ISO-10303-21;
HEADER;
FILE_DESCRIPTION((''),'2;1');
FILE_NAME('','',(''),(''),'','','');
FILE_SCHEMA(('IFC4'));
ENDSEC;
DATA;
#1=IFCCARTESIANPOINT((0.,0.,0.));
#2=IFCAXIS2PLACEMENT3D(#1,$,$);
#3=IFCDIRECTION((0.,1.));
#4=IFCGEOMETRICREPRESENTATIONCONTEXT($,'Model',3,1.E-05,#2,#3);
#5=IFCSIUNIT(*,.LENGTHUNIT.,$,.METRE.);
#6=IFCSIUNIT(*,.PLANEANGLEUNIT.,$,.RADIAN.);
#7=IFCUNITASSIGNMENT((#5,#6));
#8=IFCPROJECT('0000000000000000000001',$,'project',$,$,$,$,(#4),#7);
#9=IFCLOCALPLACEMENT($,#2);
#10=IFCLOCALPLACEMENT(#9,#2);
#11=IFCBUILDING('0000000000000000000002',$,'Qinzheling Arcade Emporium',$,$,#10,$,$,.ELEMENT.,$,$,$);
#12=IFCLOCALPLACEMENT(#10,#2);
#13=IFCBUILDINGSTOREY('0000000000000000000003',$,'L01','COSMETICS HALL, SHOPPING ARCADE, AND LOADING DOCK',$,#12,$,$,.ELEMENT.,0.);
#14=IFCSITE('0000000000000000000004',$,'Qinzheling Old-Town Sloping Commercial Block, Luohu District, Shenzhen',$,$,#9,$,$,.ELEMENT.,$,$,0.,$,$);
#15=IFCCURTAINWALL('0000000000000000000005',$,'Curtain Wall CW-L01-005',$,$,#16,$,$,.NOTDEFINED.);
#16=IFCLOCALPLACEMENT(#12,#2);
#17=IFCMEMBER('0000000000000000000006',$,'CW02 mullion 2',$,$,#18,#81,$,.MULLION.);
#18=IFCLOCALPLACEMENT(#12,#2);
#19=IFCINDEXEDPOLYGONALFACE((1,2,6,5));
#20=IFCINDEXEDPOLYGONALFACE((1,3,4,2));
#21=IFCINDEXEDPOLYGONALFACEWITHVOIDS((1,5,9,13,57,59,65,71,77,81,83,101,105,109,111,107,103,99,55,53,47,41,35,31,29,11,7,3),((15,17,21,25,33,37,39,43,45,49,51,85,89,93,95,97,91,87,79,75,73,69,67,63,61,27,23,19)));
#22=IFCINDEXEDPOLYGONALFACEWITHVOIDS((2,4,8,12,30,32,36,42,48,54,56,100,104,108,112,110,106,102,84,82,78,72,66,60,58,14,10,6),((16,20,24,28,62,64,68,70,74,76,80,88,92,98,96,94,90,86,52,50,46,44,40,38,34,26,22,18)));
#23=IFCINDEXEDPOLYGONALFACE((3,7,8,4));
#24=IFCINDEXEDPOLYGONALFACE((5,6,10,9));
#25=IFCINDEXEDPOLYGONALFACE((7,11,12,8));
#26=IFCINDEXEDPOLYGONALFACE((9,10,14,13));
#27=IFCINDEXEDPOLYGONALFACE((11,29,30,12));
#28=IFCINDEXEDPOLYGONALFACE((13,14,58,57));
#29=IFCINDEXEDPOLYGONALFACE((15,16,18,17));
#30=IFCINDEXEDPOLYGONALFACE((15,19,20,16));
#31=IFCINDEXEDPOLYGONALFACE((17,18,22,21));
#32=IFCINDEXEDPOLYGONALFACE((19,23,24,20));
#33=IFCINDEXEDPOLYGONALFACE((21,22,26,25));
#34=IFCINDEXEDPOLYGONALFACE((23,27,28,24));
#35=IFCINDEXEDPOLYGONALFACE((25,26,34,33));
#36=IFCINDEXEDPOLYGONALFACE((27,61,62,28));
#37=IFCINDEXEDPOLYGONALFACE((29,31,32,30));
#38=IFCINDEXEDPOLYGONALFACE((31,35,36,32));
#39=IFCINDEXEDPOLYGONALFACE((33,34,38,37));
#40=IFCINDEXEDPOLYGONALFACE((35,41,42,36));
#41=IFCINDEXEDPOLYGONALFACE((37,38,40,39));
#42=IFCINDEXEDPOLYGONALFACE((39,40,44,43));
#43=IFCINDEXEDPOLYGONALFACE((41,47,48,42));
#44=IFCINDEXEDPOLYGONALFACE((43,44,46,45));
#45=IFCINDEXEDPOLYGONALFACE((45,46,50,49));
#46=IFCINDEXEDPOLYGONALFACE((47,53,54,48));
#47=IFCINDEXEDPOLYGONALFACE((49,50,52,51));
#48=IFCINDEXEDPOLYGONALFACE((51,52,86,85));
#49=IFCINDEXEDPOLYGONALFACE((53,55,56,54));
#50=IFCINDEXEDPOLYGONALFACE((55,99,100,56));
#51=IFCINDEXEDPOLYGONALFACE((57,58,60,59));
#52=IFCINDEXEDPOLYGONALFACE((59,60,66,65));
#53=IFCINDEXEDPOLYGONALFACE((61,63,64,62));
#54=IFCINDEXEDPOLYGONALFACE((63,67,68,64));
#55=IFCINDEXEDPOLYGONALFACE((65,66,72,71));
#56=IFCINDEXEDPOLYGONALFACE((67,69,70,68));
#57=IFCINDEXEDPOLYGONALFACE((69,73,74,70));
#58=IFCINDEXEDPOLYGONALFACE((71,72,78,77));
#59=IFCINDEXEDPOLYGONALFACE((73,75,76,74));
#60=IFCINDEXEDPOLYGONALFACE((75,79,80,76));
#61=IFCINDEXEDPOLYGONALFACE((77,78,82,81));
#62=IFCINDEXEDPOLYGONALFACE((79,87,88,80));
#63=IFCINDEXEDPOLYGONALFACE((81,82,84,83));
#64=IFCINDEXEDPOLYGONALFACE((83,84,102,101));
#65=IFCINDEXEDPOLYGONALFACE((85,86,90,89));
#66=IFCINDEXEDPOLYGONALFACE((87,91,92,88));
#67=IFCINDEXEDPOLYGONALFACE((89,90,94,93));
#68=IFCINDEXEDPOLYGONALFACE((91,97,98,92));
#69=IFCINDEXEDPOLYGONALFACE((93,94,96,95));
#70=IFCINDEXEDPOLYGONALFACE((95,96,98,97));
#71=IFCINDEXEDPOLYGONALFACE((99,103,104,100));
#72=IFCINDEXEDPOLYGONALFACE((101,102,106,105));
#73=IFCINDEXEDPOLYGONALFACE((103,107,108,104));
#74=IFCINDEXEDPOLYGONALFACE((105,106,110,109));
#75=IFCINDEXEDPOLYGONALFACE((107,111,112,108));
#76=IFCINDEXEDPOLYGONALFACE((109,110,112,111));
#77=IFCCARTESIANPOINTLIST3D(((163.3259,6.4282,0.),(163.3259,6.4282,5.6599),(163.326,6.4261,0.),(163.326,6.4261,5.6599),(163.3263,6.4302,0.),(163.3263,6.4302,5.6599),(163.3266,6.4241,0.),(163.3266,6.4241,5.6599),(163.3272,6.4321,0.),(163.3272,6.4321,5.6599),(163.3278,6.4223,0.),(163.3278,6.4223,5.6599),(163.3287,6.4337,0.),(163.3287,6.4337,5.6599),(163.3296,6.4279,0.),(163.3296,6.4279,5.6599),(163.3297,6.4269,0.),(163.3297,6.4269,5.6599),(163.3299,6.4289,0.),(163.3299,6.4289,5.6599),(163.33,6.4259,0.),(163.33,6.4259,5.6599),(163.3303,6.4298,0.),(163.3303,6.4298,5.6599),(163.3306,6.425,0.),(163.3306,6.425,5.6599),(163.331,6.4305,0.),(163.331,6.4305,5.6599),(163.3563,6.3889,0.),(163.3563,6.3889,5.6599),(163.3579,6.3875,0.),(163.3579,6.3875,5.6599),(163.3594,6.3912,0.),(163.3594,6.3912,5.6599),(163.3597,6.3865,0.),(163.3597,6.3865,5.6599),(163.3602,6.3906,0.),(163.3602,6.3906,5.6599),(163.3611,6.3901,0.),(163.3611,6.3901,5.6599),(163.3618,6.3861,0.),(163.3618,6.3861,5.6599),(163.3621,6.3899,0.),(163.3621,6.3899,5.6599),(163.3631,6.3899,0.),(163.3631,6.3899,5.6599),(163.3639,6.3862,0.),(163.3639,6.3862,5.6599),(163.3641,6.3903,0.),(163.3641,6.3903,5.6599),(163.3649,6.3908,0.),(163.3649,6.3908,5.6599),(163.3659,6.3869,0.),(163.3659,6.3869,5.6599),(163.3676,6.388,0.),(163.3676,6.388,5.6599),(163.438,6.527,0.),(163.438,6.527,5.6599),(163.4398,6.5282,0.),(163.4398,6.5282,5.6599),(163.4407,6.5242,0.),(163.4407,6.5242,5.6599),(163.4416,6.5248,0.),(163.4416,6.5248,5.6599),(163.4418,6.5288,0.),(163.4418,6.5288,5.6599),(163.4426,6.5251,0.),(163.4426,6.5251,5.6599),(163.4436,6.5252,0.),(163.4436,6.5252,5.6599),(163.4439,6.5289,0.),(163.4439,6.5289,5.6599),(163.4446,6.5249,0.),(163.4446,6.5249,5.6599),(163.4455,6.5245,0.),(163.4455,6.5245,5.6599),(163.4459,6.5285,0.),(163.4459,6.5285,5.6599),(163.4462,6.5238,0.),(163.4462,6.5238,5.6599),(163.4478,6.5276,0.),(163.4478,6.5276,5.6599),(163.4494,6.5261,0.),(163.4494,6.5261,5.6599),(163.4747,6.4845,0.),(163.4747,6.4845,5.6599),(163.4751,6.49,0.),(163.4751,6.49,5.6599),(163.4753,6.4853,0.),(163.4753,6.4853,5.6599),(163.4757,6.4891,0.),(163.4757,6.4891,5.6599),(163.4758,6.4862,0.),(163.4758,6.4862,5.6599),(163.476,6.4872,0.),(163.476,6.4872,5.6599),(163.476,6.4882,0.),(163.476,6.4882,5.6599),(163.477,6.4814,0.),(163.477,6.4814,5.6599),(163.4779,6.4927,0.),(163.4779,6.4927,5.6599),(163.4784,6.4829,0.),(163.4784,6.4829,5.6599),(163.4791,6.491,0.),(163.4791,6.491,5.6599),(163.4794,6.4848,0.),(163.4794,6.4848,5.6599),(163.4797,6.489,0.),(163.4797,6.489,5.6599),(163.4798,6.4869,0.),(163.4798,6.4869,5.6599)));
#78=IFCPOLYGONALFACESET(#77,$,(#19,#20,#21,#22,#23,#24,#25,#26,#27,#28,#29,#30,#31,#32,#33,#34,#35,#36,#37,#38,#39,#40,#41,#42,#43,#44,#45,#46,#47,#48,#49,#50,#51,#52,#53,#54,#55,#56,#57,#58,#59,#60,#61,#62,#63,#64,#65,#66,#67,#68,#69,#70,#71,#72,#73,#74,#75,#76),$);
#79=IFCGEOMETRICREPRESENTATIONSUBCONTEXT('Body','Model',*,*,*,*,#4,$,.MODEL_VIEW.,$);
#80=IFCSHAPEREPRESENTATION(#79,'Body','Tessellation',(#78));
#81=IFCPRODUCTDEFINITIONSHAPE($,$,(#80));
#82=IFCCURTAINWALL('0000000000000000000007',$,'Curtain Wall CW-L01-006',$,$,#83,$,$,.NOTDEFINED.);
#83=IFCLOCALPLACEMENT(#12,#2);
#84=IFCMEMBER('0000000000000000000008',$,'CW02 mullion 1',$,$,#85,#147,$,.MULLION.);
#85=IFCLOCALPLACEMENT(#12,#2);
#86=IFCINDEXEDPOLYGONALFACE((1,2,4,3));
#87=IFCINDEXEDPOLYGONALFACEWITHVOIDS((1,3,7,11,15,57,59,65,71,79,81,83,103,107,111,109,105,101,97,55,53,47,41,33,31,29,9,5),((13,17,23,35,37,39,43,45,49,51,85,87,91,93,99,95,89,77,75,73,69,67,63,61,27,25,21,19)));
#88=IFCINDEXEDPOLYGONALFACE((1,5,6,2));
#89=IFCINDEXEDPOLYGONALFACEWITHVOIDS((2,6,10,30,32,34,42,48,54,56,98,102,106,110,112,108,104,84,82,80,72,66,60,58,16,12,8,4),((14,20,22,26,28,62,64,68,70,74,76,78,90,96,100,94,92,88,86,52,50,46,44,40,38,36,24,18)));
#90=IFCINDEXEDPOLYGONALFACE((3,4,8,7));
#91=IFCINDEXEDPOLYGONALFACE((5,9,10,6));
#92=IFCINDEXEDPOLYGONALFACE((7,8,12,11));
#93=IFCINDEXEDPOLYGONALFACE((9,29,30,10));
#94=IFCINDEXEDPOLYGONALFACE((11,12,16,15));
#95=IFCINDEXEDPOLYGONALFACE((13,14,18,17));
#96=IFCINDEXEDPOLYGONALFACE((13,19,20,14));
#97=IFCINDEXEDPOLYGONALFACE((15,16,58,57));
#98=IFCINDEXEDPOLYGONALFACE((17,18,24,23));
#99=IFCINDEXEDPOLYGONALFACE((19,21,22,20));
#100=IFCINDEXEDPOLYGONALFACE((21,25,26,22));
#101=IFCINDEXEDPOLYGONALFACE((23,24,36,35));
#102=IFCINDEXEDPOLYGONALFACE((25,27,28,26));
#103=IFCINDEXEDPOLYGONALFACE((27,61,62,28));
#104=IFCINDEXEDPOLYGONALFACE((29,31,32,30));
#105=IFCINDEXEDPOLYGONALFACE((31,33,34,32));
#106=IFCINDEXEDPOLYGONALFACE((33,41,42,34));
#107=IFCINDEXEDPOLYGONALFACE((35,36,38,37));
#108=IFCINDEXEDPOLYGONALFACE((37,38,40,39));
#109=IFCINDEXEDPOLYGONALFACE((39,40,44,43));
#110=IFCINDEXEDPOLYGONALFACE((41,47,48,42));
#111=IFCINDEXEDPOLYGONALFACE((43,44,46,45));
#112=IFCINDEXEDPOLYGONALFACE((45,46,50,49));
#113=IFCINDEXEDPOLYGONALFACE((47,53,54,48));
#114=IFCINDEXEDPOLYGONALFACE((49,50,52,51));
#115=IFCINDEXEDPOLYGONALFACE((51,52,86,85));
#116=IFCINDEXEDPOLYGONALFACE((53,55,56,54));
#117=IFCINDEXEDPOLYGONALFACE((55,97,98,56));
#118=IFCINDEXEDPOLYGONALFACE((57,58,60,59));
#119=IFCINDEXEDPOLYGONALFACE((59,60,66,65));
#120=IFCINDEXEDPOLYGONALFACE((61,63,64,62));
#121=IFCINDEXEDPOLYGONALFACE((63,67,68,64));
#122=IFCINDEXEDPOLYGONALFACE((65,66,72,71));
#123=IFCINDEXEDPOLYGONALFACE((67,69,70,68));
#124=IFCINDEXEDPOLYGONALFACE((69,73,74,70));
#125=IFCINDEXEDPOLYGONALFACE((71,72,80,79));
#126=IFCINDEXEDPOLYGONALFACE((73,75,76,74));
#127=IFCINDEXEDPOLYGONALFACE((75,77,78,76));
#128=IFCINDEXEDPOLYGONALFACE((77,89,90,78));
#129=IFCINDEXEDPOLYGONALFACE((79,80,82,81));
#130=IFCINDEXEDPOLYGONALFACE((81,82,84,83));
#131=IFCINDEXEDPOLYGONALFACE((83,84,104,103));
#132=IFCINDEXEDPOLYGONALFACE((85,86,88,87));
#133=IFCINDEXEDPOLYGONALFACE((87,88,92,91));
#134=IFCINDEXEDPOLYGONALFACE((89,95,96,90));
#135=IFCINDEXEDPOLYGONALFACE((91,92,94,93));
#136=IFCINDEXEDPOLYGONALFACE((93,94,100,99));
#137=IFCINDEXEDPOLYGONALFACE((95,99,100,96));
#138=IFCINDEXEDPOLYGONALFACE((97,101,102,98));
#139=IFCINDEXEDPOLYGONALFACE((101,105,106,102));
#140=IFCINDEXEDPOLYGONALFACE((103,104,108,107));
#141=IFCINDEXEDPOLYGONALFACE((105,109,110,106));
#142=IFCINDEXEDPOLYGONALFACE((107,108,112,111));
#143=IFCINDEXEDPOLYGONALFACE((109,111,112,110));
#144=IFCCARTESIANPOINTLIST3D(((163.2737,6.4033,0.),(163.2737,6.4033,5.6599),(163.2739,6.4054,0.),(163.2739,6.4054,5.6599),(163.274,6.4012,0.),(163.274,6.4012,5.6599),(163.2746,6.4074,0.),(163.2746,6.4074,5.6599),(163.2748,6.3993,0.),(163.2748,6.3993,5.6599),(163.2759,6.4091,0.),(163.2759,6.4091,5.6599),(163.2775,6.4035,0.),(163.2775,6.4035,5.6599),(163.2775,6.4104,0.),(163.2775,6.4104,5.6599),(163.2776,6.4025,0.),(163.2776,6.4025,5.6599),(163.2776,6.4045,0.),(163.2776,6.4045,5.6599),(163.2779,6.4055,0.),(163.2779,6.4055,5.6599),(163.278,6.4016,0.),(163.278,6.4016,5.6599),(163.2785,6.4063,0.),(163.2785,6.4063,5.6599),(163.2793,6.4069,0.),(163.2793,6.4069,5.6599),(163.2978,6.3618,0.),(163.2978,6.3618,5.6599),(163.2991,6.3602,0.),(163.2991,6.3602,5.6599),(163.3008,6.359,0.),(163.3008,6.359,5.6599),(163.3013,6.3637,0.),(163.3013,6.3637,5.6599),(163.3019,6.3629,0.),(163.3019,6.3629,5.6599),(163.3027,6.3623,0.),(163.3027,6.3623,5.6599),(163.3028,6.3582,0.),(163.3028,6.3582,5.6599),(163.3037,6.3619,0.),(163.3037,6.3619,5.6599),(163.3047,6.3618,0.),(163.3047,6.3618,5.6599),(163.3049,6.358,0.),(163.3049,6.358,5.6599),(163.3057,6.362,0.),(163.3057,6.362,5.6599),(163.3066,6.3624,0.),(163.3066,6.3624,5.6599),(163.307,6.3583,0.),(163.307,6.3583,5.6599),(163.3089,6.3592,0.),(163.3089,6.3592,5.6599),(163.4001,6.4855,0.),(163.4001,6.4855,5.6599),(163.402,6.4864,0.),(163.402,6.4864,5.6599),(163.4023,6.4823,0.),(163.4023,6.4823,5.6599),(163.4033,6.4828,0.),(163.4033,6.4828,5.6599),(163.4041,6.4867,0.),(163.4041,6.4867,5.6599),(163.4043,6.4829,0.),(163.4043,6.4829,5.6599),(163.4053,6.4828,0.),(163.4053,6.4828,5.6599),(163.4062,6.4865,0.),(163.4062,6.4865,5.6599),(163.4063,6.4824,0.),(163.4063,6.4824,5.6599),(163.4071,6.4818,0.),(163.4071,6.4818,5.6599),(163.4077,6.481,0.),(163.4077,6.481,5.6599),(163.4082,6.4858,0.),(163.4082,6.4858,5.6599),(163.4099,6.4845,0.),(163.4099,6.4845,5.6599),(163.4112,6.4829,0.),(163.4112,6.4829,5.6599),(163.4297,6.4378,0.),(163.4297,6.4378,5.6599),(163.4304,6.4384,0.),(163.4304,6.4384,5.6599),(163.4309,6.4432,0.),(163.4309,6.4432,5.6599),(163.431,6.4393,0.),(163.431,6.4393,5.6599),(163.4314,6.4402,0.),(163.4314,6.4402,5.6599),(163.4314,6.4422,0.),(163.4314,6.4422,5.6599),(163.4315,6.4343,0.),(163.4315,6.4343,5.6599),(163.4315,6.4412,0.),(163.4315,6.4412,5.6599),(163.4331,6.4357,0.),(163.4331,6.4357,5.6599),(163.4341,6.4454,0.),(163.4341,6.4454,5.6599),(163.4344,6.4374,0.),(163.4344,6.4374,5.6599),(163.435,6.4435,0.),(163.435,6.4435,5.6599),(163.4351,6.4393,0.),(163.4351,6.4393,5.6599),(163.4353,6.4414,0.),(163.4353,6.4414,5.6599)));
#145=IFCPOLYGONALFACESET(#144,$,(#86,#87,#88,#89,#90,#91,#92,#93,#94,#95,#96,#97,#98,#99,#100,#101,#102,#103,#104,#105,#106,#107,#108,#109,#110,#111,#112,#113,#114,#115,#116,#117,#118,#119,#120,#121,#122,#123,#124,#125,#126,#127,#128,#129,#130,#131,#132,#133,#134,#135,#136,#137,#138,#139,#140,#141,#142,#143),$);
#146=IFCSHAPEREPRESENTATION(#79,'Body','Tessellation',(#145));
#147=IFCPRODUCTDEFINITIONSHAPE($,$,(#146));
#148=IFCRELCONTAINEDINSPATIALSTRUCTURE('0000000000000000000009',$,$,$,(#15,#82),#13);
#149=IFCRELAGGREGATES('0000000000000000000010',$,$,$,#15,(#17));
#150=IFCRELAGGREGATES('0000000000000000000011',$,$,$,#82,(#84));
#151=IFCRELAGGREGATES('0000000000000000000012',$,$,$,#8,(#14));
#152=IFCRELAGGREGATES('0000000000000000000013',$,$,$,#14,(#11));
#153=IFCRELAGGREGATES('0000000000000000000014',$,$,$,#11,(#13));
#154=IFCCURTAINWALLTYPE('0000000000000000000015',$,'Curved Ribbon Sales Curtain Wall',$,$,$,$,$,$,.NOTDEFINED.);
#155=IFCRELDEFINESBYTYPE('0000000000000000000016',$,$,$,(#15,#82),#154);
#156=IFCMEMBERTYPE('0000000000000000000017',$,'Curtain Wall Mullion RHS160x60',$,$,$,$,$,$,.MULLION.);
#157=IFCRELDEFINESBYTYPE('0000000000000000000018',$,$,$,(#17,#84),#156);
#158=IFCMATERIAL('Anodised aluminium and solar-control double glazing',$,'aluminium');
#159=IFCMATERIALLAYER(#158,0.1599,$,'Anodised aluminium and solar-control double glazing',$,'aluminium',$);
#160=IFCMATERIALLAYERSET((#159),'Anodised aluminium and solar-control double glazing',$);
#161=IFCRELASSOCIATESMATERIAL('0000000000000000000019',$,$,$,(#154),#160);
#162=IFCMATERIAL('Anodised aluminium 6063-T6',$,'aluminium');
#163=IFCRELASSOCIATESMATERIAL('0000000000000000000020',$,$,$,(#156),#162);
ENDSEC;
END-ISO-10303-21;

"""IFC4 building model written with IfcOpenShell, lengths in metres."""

from ifc_helpers import new_model, si_unit, direction, frame, origin, origin_2d, place, context, subcontext, project, spatial, hollow_rectangle, extrude, material, layer, layer_set, material_profile, profile_set, type_object, element, aggregate, save


model = new_model("IFC4")

# Units and contexts
model_context = context("Model", 3, precision=1e-05, world=origin(), true_north=direction((0.0, 1.0)))
body_context = subcontext(model_context, "Body", "Model", "MODEL_VIEW")
ifc_project = project(units=[si_unit("LENGTHUNIT", "METRE"), si_unit("PLANEANGLEUNIT", "RADIAN")], contexts=[model_context])

# Site, building, storey
site_placement = place(None, origin())
site = spatial("IfcSite", under=ifc_project, at=site_placement, Name="Qinzheling Old-Town Sloping Commercial Block, Luohu District, Shenzhen", CompositionType="ELEMENT", RefElevation=0.0)
building_placement = place(site_placement, origin())
building = spatial("IfcBuilding", under=site, at=building_placement, Name="Qinzheling Arcade Emporium", CompositionType="ELEMENT")
storey_placement = place(building_placement, origin())
storey = spatial("IfcBuildingStorey", under=building, at=storey_placement, Name="L01", Description="COSMETICS HALL, SHOPPING ARCADE, AND LOADING DOCK", CompositionType="ELEMENT", Elevation=0.0)

# Curtain wall, member
ifc_material_1 = material(Name="Anodised aluminium and solar-control double glazing", Category="aluminium")
ifc_layer_1 = layer(ifc_material_1, 0.1599, Name="Anodised aluminium and solar-control double glazing", Category="aluminium")
ifc_layer_set_1 = layer_set([ifc_layer_1], Name="Anodised aluminium and solar-control double glazing")
curtain_wall_type = type_object("IfcCurtainWallType", Name="Curved Ribbon Sales Curtain Wall", PredefinedType="NOTDEFINED", material=ifc_layer_set_1)
curtain_wall_1_placement = place(storey_placement, origin())
curtain_wall_1 = element("IfcCurtainWall", 1, at=curtain_wall_1_placement, inside=storey, type_object=curtain_wall_type, Name="Curtain Wall CW-L01-005", PredefinedType="NOTDEFINED")
ifc_material_2 = material(Name="Anodised aluminium 6063-T6", Category="aluminium")
ifc_material_profile_1 = material_profile(ifc_material_2, hollow_rectangle(XDim=0.0601, YDim=0.1599, WallThickness=0.0039, InnerFilletRadius=0.0039, OuterFilletRadius=0.0081, at=origin_2d()), Name="RHS 160x60x4", Category="aluminium")
ifc_profile_set_1 = profile_set([ifc_material_profile_1], Name="Anodised aluminium 6063-T6")
member_type_1 = type_object("IfcMemberType", Name="Curtain Wall Mullion RHS160x60", PredefinedType="MULLION", material=ifc_profile_set_1)
member_1_placement = place(storey_placement, frame((163.4028, 6.4575, 0.0), z_axis=(0.0, 0.0, 1.0), x_axis=(0.649275, -0.760554, 0.0)))
member_1 = element("IfcMember", 2, at=member_1_placement, type_object=member_type_1, Name="CW02 mullion 2", PredefinedType="MULLION", context=body_context, shape_type="SweptSolid", body=[
    extrude(hollow_rectangle(XDim=0.0601, YDim=0.1599, WallThickness=0.0039, InnerFilletRadius=0.0039, OuterFilletRadius=0.0081, at=origin_2d()), origin(), (0.0, 0.0, 1.0), 5.6599),
])

# Curtain wall, member
curtain_wall_2_placement = place(storey_placement, origin())
curtain_wall_2 = element("IfcCurtainWall", 3, at=curtain_wall_2_placement, inside=storey, type_object=curtain_wall_type, Name="Curtain Wall CW-L01-006", PredefinedType="NOTDEFINED")
member_2_placement = place(storey_placement, frame((163.3545, 6.4224, 0.0), z_axis=(0.0, 0.0, 1.0), x_axis=(0.522595, -0.852581, 0.0)))
member_2 = element("IfcMember", 4, at=member_2_placement, type_object=member_type_1, Name="CW02 mullion 1", PredefinedType="MULLION", context=body_context, shape_type="SweptSolid", body=[
    extrude(hollow_rectangle(XDim=0.0601, YDim=0.1599, WallThickness=0.0039, InnerFilletRadius=0.0039, OuterFilletRadius=0.0081, at=origin_2d()), origin(), (0.0, 0.0, 1.0), 5.6599),
])

aggregate(curtain_wall_1, [member_1])
aggregate(curtain_wall_2, [member_2])

save(model, "model.ifc")
